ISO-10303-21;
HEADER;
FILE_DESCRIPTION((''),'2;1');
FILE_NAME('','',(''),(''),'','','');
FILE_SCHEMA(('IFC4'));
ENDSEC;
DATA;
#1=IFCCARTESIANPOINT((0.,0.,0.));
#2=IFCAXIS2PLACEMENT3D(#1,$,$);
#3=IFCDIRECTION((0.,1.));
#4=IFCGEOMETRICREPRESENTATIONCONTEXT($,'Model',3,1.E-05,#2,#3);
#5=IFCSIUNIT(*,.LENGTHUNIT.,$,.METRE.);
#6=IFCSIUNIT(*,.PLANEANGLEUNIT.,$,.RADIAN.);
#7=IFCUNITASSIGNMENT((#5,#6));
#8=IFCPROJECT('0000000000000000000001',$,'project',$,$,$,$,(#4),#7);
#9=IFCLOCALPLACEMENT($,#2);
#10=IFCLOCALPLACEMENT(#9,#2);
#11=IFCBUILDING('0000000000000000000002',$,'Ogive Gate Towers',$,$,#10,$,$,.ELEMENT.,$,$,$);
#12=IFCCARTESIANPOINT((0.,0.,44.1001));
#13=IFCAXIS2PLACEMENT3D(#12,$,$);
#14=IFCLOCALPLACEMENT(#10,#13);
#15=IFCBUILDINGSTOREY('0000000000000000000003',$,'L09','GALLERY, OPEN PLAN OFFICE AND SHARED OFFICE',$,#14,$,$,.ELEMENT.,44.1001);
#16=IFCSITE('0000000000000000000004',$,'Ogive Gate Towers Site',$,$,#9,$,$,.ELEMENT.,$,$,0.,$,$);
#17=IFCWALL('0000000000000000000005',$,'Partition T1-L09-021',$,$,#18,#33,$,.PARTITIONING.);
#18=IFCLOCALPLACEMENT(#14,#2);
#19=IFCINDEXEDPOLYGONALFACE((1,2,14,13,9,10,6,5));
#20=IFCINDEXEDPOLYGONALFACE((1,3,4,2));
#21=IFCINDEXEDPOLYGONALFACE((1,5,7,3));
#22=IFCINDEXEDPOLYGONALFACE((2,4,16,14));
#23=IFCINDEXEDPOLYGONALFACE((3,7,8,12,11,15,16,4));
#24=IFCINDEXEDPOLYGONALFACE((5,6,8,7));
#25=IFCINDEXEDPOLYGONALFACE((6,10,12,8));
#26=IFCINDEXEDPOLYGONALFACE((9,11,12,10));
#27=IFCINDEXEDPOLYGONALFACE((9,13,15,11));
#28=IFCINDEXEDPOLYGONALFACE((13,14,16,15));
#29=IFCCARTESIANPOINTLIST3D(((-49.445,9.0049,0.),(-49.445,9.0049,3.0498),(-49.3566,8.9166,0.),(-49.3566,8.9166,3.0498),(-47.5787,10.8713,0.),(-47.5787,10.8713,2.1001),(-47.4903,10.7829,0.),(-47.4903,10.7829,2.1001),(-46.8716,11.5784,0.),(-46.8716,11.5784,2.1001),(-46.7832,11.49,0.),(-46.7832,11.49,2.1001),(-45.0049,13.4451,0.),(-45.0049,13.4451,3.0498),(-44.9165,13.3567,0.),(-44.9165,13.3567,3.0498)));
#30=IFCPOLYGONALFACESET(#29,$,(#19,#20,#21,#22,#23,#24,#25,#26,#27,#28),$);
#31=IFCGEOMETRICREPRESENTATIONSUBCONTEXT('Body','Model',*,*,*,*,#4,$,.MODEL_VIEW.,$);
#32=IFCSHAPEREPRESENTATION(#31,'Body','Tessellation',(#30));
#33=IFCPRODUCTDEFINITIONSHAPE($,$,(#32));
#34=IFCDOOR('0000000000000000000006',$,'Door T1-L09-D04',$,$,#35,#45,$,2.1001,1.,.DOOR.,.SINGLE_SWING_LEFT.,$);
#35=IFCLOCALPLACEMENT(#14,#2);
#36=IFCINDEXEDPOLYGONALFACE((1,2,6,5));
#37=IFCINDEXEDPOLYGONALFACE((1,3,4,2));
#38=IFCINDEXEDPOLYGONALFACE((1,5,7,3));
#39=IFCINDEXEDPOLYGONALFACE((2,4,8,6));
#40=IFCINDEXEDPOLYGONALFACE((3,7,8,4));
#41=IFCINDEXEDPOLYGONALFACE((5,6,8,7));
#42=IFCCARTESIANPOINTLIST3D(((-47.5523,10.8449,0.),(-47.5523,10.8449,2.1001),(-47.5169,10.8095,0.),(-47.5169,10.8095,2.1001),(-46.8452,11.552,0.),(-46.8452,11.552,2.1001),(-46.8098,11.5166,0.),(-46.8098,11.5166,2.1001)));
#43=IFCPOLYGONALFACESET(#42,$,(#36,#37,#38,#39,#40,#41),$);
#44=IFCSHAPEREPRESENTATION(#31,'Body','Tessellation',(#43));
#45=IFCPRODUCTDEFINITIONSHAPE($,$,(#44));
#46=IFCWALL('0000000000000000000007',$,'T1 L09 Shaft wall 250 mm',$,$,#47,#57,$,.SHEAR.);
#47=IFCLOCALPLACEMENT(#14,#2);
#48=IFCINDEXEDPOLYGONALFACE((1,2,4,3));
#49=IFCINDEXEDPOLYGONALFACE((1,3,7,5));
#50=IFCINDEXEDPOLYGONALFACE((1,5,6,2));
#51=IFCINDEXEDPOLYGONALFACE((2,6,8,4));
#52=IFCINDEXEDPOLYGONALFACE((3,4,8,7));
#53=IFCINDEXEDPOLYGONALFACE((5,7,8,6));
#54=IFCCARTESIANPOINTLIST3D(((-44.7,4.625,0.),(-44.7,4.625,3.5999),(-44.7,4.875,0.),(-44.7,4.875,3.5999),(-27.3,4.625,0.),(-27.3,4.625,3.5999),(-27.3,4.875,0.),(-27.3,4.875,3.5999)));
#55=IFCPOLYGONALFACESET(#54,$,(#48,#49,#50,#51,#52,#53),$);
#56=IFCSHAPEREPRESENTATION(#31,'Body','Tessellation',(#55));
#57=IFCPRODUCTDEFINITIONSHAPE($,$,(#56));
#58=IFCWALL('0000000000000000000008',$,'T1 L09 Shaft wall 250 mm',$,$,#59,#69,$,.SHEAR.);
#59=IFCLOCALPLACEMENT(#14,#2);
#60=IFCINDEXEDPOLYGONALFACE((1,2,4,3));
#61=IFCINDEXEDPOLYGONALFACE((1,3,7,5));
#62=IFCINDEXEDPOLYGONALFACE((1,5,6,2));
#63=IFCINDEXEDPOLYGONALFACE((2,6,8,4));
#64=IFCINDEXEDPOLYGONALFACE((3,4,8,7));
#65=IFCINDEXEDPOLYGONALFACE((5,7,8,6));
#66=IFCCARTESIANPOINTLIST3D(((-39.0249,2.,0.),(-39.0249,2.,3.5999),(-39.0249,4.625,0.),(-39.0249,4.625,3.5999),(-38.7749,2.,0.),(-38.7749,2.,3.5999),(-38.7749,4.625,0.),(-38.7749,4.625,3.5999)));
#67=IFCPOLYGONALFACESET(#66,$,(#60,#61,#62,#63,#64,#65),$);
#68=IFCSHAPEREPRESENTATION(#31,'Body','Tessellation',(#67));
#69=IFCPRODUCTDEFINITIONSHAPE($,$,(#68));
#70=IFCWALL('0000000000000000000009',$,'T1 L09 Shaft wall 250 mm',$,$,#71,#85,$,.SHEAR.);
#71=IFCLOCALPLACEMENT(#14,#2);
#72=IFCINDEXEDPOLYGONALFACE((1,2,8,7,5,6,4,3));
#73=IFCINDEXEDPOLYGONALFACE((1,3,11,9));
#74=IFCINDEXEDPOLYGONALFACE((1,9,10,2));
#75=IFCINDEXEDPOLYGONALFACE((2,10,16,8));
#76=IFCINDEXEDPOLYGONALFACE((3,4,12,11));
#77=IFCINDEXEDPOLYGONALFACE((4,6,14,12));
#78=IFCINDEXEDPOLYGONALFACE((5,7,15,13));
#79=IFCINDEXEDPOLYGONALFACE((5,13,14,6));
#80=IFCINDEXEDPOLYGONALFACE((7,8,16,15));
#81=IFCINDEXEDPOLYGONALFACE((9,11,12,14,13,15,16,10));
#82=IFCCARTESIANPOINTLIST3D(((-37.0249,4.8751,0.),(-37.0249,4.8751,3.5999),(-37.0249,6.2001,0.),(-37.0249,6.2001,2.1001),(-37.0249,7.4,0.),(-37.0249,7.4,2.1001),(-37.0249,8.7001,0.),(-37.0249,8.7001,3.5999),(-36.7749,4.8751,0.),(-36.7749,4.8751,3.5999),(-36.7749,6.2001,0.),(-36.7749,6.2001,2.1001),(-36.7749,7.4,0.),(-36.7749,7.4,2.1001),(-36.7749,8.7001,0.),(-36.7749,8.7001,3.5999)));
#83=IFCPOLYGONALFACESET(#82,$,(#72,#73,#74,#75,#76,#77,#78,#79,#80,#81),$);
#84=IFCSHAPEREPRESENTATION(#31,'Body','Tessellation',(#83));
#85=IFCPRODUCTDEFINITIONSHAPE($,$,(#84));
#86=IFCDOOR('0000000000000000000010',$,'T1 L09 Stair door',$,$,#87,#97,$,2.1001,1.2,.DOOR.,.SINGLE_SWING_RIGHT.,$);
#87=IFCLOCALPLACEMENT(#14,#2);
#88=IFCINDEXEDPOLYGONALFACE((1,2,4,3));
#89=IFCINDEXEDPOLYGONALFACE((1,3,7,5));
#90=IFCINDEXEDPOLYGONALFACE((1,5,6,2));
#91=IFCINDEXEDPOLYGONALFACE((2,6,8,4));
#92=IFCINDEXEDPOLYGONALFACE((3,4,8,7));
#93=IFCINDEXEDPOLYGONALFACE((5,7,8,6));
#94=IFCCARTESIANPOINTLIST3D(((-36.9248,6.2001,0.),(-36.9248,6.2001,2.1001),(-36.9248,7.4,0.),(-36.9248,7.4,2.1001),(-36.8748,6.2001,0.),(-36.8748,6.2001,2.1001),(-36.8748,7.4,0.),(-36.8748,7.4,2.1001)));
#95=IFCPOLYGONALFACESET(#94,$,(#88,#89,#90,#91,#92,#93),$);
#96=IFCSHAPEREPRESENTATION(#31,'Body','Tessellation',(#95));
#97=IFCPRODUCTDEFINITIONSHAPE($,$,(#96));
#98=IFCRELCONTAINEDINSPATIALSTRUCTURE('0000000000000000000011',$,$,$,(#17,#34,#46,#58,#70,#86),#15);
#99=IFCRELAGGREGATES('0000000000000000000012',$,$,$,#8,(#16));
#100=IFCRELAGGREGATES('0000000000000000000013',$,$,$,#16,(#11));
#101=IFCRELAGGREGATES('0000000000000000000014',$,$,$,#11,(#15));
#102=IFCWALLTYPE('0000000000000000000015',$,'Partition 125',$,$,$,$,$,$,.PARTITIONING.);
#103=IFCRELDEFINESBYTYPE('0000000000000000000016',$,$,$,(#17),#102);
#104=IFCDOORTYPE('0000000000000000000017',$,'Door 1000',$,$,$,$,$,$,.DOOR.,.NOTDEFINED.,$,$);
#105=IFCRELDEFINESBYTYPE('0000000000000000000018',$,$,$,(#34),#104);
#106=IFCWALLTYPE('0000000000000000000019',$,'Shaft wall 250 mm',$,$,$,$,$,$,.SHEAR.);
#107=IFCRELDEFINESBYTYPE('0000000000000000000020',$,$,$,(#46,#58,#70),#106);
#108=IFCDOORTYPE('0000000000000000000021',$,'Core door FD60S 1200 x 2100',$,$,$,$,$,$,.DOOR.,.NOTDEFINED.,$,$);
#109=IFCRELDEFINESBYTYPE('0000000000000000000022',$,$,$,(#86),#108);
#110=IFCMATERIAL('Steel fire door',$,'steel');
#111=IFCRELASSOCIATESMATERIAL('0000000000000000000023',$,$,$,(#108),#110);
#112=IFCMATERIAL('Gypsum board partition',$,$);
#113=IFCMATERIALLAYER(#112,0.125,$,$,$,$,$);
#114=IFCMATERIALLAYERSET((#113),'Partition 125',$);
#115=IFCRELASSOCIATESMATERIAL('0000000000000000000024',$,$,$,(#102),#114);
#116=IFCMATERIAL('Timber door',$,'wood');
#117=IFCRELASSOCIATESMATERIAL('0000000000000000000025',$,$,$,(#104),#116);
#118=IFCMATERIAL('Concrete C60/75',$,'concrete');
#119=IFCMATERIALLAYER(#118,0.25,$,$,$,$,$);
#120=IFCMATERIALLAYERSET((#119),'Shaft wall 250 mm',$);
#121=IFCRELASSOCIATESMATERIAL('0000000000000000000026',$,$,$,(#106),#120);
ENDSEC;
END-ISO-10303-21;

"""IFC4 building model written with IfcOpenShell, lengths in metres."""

from ifc_helpers import new_model, si_unit, direction, frame, frame_2d, origin, place, context, subcontext, project, spatial, rectangle, extrude, material, layer, layer_set, type_object, element, fill, save


model = new_model("IFC4")

# Units and contexts
model_context = context("Model", 3, precision=1e-05, world=origin(), true_north=direction((0.0, 1.0)))
body_context = subcontext(model_context, "Body", "Model", "MODEL_VIEW")
ifc_project = project(units=[si_unit("LENGTHUNIT", "METRE"), si_unit("PLANEANGLEUNIT", "RADIAN")], contexts=[model_context])

# Site, building, storey
site_placement = place(None, origin())
site = spatial("IfcSite", under=ifc_project, at=site_placement, Name="Ogive Gate Towers Site", CompositionType="ELEMENT", RefElevation=0.0)
building_placement = place(site_placement, origin())
building = spatial("IfcBuilding", under=site, at=building_placement, Name="Ogive Gate Towers", CompositionType="ELEMENT")
storey_placement = place(building_placement, frame((0.0, 0.0, 44.1001)))
storey = spatial("IfcBuildingStorey", under=building, at=storey_placement, Name="L09", Description="GALLERY, OPEN PLAN OFFICE AND SHARED OFFICE", CompositionType="ELEMENT", Elevation=44.1001)

# Shared definitions
ifc_material_1 = material(Name="Concrete C60/75", Category="concrete")
ifc_material_2 = material(Name="Timber door", Category="wood")
ifc_material_3 = material(Name="Steel fire door", Category="steel")
door_type_1 = type_object("IfcDoorType", Name="Core door FD60S 1200 x 2100", OperationType="NOTDEFINED", PredefinedType="DOOR", material=ifc_material_3)

# Wall, opening, door
ifc_material_4 = material(Name="Gypsum board partition")
ifc_layer_1 = layer(ifc_material_4, 0.125)
ifc_layer_set_1 = layer_set([ifc_layer_1], Name="Partition 125")
wall_type_1 = type_object("IfcWallType", Name="Partition 125", PredefinedType="PARTITIONING", material=ifc_layer_set_1)
wall_1_placement = place(storey_placement, frame((-44.9607, 13.4009, 0.0), z_axis=(0.0, 0.0, 1.0), x_axis=(-0.707107, -0.707107, 0.0)))
wall_1 = element("IfcWall", 1, at=wall_1_placement, inside=storey, type_object=wall_type_1, Name="Partition T1-L09-021", PredefinedType="PARTITIONING", context=body_context, shape_type="SweptSolid", body=[
    extrude(rectangle(XDim=6.2793, YDim=0.125, at=frame_2d((3.1396, 0.0))), origin(), (0.0, 0.0, 1.0), 3.0498),
])
opening_1_placement = place(wall_1_placement, frame((2.6399, 0.0, 0.0)))
opening_1 = element("IfcOpeningElement", 2, at=opening_1_placement, cuts=wall_1, PredefinedType="OPENING", context=body_context, shape_type="SweptSolid", body=[
    extrude(rectangle(XDim=1.0, YDim=2.1001, at=frame_2d((0.5, 1.05))), frame((0.0, 0.0725, 0.0), z_axis=(0.0, -1.0, 0.0), x_axis=(1.0, 0.0, 0.0)), (0.0, 0.0, 1.0), 0.145),
])
door_type_2 = type_object("IfcDoorType", Name="Door 1000", OperationType="NOTDEFINED", PredefinedType="DOOR", material=ifc_material_2)
door_1_placement = place(opening_1_placement, origin())
door_1 = element("IfcDoor", 3, at=door_1_placement, inside=storey, type_object=door_type_2, Name="Door T1-L09-D04", OperationType="SINGLE_SWING_LEFT", OverallHeight=2.1001, OverallWidth=1.0, PredefinedType="DOOR", context=body_context, shape_type="SweptSolid", body=[
    extrude(rectangle(XDim=1.0, YDim=2.1001, at=frame_2d((0.5, 1.05))), frame((0.0, 0.0249, 0.0), z_axis=(0.0, -1.0, 0.0), x_axis=(1.0, 0.0, 0.0)), (0.0, 0.0, 1.0), 0.05),
])
fill(opening_1, door_1)

# Walls
ifc_layer_2 = layer(ifc_material_1, 0.25)
ifc_layer_set_2 = layer_set([ifc_layer_2], Name="Shaft wall 250 mm")
wall_type_2 = type_object("IfcWallType", Name="Shaft wall 250 mm", PredefinedType="SHEAR", material=ifc_layer_set_2)
wall_2_placement = place(storey_placement, frame((-44.7, 4.75, 0.0), z_axis=(0.0, 0.0, 1.0), x_axis=(1.0, 0.0, 0.0)))
element("IfcWall", 4, at=wall_2_placement, inside=storey, type_object=wall_type_2, Name="T1 L09 Shaft wall 250 mm", PredefinedType="SHEAR", context=body_context, shape_type="SweptSolid", body=[
    extrude(rectangle(XDim=17.3999, YDim=0.25, at=frame_2d((8.7, 0.0))), origin(), (0.0, 0.0, 1.0), 3.5999),
])
wall_3_placement = place(storey_placement, frame((-38.8999, 2.0, 0.0), z_axis=(0.0, 0.0, 1.0), x_axis=(0.0, 1.0, 0.0)))
element("IfcWall", 5, at=wall_3_placement, inside=storey, type_object=wall_type_2, Name="T1 L09 Shaft wall 250 mm", PredefinedType="SHEAR", context=body_context, shape_type="SweptSolid", body=[
    extrude(rectangle(XDim=2.625, YDim=0.25, at=frame_2d((1.3125, 0.0))), origin(), (0.0, 0.0, 1.0), 3.5999),
])

# Wall, opening, door
wall_4_placement = place(storey_placement, frame((-36.8999, 4.875, 0.0), z_axis=(0.0, 0.0, 1.0), x_axis=(0.0, 1.0, 0.0)))
wall_4 = element("IfcWall", 6, at=wall_4_placement, inside=storey, type_object=wall_type_2, Name="T1 L09 Shaft wall 250 mm", PredefinedType="SHEAR", context=body_context, shape_type="SweptSolid", body=[
    extrude(rectangle(XDim=3.825, YDim=0.25, at=frame_2d((1.9126, 0.0))), origin(), (0.0, 0.0, 1.0), 3.5999),
])
opening_2_placement = place(wall_4_placement, frame((1.325, 0.0, 0.0)))
opening_2 = element("IfcOpeningElement", 7, at=opening_2_placement, cuts=wall_4, PredefinedType="OPENING", context=body_context, shape_type="SweptSolid", body=[
    extrude(rectangle(XDim=1.2, YDim=2.1001, at=frame_2d((0.6001, 1.05))), frame((0.0, 0.135, 0.0), z_axis=(0.0, -1.0, 0.0), x_axis=(1.0, 0.0, 0.0)), (0.0, 0.0, 1.0), 0.27),
])
door_2_placement = place(opening_2_placement, origin())
door_2 = element("IfcDoor", 8, at=door_2_placement, inside=storey, type_object=door_type_1, Name="T1 L09 Stair door", OperationType="SINGLE_SWING_RIGHT", OverallHeight=2.1001, OverallWidth=1.2, PredefinedType="DOOR", context=body_context, shape_type="SweptSolid", body=[
    extrude(rectangle(XDim=1.2, YDim=2.1001, at=frame_2d((0.6001, 1.05))), frame((0.0, 0.0249, 0.0), z_axis=(0.0, -1.0, 0.0), x_axis=(1.0, 0.0, 0.0)), (0.0, 0.0, 1.0), 0.05),
])
fill(opening_2, door_2)

save(model, "model.ifc")
